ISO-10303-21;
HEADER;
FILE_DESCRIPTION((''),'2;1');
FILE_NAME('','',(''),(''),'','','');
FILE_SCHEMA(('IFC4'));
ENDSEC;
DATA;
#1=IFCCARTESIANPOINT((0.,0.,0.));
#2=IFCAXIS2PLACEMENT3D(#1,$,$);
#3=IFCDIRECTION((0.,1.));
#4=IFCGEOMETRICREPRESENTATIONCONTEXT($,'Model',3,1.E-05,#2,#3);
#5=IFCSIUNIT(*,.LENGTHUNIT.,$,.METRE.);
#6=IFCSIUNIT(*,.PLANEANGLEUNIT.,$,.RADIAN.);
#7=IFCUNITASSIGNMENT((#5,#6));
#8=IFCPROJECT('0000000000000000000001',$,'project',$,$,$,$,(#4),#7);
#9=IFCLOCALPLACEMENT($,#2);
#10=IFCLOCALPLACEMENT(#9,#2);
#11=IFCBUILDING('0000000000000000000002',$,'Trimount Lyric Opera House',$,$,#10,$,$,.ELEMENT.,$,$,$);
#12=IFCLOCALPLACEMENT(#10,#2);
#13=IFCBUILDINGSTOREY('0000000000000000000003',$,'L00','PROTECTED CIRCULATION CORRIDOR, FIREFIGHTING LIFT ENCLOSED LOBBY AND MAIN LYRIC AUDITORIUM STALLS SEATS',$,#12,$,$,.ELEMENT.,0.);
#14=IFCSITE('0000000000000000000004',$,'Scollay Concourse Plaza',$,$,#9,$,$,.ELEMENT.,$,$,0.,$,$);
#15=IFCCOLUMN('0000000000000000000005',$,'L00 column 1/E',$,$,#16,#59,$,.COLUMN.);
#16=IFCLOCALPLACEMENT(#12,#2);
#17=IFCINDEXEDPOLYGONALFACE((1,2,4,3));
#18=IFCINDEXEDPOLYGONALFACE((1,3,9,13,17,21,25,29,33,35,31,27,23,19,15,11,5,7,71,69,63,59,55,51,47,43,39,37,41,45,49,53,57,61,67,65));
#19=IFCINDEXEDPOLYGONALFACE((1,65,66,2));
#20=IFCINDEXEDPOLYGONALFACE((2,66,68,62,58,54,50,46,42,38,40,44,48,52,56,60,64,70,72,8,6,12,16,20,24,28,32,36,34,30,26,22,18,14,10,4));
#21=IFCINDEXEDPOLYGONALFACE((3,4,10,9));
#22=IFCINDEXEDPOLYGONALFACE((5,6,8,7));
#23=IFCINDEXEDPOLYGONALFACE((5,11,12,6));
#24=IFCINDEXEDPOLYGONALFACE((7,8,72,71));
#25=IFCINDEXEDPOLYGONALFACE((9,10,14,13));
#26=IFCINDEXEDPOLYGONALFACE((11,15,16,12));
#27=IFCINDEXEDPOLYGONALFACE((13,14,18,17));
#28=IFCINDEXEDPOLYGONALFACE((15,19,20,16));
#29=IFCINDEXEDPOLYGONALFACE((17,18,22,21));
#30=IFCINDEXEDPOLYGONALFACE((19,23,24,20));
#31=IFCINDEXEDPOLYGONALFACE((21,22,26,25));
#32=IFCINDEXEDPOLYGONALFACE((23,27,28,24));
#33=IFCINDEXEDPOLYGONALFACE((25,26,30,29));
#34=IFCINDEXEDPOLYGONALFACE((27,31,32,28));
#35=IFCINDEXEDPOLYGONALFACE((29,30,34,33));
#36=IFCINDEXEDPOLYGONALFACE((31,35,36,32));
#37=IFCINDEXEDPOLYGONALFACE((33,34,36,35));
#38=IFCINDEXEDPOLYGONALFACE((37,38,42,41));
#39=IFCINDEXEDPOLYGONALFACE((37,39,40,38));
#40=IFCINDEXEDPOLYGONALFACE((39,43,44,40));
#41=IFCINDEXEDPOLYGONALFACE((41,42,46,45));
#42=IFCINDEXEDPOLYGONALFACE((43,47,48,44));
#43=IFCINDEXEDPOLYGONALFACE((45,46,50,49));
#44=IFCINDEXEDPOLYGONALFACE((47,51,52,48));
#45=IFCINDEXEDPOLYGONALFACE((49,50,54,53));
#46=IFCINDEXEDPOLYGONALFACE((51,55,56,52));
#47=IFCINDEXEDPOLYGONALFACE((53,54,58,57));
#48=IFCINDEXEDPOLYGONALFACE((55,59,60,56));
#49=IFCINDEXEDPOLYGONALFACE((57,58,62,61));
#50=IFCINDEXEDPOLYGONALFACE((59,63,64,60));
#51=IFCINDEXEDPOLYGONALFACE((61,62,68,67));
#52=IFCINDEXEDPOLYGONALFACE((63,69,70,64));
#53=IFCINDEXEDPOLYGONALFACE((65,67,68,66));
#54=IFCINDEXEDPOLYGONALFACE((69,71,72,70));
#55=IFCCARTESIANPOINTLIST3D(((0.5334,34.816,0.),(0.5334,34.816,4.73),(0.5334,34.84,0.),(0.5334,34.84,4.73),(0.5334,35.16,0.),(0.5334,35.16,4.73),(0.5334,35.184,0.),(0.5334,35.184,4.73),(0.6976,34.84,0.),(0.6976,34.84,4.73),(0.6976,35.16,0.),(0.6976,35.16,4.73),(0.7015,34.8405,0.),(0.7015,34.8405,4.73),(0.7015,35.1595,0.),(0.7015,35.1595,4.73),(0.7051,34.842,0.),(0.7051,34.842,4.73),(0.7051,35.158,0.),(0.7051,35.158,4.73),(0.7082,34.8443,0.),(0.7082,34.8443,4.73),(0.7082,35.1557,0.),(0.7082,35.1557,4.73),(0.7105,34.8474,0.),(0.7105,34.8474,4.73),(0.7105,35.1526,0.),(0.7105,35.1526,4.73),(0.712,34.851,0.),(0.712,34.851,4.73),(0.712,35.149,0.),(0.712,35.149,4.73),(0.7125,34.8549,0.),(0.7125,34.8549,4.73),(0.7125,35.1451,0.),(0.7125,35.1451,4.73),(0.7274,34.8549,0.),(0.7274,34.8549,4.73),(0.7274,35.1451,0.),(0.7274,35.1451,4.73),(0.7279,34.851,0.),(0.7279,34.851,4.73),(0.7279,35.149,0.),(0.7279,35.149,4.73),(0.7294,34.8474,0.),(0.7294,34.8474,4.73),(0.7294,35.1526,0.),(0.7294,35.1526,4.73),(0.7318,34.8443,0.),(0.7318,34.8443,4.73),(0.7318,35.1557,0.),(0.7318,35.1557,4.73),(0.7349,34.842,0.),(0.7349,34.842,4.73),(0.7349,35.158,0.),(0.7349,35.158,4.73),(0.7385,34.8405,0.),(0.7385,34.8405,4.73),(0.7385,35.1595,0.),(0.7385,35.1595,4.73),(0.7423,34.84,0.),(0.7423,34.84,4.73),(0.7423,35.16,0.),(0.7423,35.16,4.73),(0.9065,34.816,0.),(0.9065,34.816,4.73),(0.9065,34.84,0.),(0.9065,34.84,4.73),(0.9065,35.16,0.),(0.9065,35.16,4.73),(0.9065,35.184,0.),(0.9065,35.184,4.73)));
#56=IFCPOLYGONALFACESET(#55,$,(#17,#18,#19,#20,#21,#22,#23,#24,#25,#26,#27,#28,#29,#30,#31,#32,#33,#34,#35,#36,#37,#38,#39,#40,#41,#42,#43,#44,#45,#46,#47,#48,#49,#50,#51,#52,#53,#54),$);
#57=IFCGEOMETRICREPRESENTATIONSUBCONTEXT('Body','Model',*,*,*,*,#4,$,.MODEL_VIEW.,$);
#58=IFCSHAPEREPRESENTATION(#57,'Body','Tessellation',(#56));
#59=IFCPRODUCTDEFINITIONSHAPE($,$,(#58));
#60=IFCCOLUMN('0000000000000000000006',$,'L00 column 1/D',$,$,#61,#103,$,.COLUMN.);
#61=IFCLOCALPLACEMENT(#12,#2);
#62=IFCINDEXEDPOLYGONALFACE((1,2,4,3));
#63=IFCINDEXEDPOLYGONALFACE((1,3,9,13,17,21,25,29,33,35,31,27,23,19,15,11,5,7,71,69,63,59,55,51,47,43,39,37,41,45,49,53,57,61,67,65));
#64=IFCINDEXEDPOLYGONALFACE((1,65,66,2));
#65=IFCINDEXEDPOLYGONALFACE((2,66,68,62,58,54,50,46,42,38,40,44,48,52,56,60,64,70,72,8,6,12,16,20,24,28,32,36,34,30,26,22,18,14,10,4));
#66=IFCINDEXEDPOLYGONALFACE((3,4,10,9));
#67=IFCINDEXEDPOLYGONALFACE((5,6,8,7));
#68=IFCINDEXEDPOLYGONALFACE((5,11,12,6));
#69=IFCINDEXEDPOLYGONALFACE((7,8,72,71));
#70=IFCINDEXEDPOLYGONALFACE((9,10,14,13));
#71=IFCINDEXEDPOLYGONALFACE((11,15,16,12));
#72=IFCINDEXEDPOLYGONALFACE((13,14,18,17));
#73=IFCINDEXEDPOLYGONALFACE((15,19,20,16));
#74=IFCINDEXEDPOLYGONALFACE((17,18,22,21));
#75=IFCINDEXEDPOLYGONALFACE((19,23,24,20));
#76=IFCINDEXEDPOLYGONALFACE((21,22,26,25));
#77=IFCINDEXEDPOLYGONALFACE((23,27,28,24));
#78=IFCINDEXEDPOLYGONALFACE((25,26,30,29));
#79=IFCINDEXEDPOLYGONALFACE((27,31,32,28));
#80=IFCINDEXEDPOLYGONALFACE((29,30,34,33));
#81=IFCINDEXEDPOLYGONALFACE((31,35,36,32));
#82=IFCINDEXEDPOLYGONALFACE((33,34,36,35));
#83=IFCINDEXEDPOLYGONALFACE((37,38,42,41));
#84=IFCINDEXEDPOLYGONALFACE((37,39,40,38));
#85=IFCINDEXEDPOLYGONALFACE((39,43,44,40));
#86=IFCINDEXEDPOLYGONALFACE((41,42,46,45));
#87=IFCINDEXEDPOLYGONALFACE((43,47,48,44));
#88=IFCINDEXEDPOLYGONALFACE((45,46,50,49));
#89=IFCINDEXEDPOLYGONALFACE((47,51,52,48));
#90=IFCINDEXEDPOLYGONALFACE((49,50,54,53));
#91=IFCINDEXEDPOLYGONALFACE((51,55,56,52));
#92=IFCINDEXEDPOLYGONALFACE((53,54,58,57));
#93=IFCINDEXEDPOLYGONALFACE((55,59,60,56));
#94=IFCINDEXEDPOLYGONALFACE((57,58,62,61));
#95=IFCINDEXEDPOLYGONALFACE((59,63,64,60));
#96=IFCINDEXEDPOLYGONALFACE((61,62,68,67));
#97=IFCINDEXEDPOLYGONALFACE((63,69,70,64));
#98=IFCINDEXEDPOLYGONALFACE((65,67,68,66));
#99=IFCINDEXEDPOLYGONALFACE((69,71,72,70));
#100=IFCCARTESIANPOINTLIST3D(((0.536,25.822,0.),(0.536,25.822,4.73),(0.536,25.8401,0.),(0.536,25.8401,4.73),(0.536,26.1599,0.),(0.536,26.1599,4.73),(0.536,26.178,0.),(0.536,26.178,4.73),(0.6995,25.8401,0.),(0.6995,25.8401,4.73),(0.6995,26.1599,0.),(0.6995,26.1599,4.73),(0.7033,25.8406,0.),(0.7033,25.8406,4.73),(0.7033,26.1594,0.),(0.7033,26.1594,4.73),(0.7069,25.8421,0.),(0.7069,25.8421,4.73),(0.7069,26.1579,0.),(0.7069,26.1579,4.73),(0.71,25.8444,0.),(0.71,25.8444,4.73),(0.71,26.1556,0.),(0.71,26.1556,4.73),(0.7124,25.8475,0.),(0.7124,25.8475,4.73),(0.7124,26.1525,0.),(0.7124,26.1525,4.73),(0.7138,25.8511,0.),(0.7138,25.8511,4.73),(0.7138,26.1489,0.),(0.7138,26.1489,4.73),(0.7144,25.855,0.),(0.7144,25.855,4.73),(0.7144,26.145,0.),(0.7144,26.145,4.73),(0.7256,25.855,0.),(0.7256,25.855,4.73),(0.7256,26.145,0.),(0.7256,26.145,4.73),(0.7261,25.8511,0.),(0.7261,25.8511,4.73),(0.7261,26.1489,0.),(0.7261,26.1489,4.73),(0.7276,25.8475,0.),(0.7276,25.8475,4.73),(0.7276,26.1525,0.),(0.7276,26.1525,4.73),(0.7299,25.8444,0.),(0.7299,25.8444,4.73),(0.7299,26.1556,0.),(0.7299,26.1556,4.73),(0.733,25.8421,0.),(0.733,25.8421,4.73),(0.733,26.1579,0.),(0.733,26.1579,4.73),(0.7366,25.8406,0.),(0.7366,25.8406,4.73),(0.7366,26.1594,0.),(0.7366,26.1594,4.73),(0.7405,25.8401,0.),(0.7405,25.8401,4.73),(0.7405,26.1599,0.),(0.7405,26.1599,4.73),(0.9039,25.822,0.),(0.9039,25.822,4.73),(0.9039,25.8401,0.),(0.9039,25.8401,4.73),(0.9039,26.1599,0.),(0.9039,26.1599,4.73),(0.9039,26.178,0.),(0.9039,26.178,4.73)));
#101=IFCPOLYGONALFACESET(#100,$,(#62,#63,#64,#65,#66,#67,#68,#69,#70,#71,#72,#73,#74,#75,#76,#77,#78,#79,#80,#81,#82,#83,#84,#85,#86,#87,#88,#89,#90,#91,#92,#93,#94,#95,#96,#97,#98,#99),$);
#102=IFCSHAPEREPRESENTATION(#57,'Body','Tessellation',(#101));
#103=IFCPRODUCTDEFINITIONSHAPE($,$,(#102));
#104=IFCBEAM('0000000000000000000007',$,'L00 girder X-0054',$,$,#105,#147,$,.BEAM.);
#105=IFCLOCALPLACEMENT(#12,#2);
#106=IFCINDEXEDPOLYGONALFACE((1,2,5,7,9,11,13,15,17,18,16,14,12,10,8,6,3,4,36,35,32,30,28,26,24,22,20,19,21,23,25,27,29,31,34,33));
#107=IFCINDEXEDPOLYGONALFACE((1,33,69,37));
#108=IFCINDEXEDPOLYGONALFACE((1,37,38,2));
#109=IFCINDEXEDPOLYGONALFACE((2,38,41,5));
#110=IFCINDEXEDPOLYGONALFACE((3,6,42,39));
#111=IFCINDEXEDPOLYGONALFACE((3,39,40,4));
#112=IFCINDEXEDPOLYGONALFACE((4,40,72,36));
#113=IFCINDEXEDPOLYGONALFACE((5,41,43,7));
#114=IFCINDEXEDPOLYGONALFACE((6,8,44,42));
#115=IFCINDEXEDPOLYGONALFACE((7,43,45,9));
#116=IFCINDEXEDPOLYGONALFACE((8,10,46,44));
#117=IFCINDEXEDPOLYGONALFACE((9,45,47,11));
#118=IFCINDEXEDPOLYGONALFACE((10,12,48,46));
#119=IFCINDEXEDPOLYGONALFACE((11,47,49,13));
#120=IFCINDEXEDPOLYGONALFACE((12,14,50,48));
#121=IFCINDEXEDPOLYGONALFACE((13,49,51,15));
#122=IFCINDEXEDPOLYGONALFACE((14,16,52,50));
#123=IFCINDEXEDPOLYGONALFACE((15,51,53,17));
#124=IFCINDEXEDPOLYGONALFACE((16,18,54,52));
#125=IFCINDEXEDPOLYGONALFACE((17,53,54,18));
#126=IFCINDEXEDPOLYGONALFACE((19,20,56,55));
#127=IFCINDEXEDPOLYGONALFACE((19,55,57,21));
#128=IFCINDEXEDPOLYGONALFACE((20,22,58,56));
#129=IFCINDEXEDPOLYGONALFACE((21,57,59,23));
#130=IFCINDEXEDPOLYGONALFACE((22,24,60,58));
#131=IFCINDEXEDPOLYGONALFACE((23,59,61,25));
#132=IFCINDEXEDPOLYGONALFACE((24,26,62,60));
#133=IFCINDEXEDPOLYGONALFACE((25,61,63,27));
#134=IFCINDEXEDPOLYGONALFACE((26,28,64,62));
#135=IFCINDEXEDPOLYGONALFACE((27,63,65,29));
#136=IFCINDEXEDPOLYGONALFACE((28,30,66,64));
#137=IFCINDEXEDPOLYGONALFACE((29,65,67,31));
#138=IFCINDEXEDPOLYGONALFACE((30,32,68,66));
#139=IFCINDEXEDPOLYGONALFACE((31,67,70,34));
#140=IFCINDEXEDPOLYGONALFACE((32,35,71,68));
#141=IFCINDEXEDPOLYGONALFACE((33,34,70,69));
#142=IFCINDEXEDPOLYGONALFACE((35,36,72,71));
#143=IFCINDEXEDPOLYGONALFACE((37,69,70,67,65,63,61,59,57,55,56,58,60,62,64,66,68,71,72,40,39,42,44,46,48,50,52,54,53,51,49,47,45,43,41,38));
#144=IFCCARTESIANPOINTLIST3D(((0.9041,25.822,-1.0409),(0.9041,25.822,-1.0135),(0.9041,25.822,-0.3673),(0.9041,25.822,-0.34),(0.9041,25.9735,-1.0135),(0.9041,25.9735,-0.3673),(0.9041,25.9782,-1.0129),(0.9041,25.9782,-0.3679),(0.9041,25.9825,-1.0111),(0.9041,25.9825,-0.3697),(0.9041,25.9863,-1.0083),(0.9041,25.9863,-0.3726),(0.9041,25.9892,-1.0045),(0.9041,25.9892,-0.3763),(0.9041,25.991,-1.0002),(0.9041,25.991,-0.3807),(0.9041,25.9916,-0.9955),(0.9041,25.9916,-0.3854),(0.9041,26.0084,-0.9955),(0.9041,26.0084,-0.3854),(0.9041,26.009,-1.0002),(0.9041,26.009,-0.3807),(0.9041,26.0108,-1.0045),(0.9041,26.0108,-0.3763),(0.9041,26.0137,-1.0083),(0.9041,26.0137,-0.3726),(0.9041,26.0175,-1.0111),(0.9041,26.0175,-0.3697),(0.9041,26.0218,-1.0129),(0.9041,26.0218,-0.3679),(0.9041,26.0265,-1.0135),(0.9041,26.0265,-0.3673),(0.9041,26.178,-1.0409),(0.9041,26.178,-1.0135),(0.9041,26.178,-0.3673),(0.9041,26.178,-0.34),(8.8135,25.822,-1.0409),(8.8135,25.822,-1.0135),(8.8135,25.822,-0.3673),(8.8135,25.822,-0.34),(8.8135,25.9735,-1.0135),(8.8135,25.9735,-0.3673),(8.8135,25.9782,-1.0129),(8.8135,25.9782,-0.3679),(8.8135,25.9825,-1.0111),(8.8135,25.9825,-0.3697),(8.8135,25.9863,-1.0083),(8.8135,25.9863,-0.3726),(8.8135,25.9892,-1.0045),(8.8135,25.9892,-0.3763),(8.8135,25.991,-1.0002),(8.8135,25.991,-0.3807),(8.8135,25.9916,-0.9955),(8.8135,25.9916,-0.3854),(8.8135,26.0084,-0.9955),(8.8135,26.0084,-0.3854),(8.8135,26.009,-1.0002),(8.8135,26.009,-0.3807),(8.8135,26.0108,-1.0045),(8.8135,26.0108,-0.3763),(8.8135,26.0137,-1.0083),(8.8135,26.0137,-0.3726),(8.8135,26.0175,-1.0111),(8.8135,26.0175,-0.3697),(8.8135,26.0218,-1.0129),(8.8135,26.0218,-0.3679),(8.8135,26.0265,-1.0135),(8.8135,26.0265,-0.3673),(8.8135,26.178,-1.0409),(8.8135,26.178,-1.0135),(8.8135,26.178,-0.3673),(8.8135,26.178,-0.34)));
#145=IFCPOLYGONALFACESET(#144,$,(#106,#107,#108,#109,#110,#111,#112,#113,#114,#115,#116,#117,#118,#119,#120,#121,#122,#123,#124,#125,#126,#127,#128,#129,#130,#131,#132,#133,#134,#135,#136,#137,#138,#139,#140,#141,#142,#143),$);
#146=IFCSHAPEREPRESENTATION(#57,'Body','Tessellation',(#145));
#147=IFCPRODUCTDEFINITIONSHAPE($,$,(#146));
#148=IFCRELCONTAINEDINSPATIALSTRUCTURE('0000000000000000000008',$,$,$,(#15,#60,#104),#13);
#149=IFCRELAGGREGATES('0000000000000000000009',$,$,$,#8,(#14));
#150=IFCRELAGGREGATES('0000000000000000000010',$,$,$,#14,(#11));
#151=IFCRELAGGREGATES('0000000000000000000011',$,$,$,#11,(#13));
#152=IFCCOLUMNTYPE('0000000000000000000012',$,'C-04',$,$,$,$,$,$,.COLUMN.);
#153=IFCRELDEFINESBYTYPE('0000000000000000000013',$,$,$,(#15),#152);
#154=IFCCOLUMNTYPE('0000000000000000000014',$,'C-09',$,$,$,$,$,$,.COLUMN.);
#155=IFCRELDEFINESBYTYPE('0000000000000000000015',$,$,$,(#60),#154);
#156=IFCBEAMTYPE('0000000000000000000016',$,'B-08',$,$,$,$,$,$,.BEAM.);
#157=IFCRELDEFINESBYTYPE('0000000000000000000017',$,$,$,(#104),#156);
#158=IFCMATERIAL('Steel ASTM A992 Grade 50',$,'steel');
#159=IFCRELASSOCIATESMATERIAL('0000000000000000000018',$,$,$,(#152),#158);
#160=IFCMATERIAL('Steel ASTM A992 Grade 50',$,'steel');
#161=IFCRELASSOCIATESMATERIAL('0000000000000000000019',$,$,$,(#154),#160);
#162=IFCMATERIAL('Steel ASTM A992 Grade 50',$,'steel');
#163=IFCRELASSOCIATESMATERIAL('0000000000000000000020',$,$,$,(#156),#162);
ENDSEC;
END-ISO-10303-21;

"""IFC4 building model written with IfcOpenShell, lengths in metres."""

from ifc_helpers import new_model, si_unit, direction, frame, origin, origin_2d, place, context, subcontext, project, spatial, i_section, extrude, material, material_profile, profile_set, type_object, element, save


model = new_model("IFC4")

# Units and contexts
model_context = context("Model", 3, precision=1e-05, world=origin(), true_north=direction((0.0, 1.0)))
body_context = subcontext(model_context, "Body", "Model", "MODEL_VIEW")
ifc_project = project(units=[si_unit("LENGTHUNIT", "METRE"), si_unit("PLANEANGLEUNIT", "RADIAN")], contexts=[model_context])

# Site, building, storey
site_placement = place(None, origin())
site = spatial("IfcSite", under=ifc_project, at=site_placement, Name="Scollay Concourse Plaza", CompositionType="ELEMENT", RefElevation=0.0)
building_placement = place(site_placement, origin())
building = spatial("IfcBuilding", under=site, at=building_placement, Name="Trimount Lyric Opera House", CompositionType="ELEMENT")
storey_placement = place(building_placement, origin())
storey = spatial("IfcBuildingStorey", under=building, at=storey_placement, Name="L00", Description="PROTECTED CIRCULATION CORRIDOR, FIREFIGHTING LIFT ENCLOSED LOBBY AND MAIN LYRIC AUDITORIUM STALLS SEATS", CompositionType="ELEMENT", Elevation=0.0)

# Columns
ifc_material_1 = material(Name="Steel ASTM A992 Grade 50", Category="steel")
ifc_material_profile_1 = material_profile(ifc_material_1, i_section(OverallWidth=0.373, OverallDepth=0.3679, WebThickness=0.0149, FlangeThickness=0.0239, FilletRadius=0.0149, at=origin_2d()), Name="W14X120")
ifc_profile_set_1 = profile_set([ifc_material_profile_1], Name="Steel ASTM A992 Grade 50")
column_type_1 = type_object("IfcColumnType", Name="C-04", PredefinedType="COLUMN", material=ifc_profile_set_1)
column_1_placement = place(storey_placement, frame((0.72, 35.0, 0.0), z_axis=(0.0, 0.0, 1.0), x_axis=(1.0, 0.0, 0.0)))
element("IfcColumn", 1, at=column_1_placement, inside=storey, type_object=column_type_1, Name="L00 column 1/E", PredefinedType="COLUMN", context=body_context, shape_type="SweptSolid", body=[
    extrude(i_section(OverallWidth=0.373, OverallDepth=0.3679, WebThickness=0.0149, FlangeThickness=0.0239, FilletRadius=0.0149, at=origin_2d()), origin(), (0.0, 0.0, 1.0), 4.73),
])
ifc_material_2 = material(Name="Steel ASTM A992 Grade 50", Category="steel")
ifc_material_profile_2 = material_profile(ifc_material_2, i_section(OverallWidth=0.3679, OverallDepth=0.356, WebThickness=0.0112, FlangeThickness=0.0181, FilletRadius=0.0149, at=origin_2d()), Name="W14X90")
ifc_profile_set_2 = profile_set([ifc_material_profile_2], Name="Steel ASTM A992 Grade 50")
column_type_2 = type_object("IfcColumnType", Name="C-09", PredefinedType="COLUMN", material=ifc_profile_set_2)
column_2_placement = place(storey_placement, frame((0.72, 26.0, 0.0), z_axis=(0.0, 0.0, 1.0), x_axis=(1.0, 0.0, 0.0)))
element("IfcColumn", 2, at=column_2_placement, inside=storey, type_object=column_type_2, Name="L00 column 1/D", PredefinedType="COLUMN", context=body_context, shape_type="SweptSolid", body=[
    extrude(i_section(OverallWidth=0.3679, OverallDepth=0.356, WebThickness=0.0112, FlangeThickness=0.0181, FilletRadius=0.0149, at=origin_2d()), origin(), (0.0, 0.0, 1.0), 4.73),
])

# Beam
ifc_material_3 = material(Name="Steel ASTM A992 Grade 50", Category="steel")
ifc_material_profile_3 = material_profile(ifc_material_3, i_section(OverallWidth=0.356, OverallDepth=0.7009, WebThickness=0.0168, FlangeThickness=0.0273, FilletRadius=0.0181, at=origin_2d()), Name="W27X161")
ifc_profile_set_3 = profile_set([ifc_material_profile_3], Name="Steel ASTM A992 Grade 50")
beam_type_1 = type_object("IfcBeamType", Name="B-08", PredefinedType="BEAM", material=ifc_profile_set_3)
beam_1_placement = place(storey_placement, frame((0.9041, 26.0, -0.6904), z_axis=(1.0, 0.0, 0.0), x_axis=(0.0, 1.0, 0.0)))
element("IfcBeam", 3, at=beam_1_placement, inside=storey, type_object=beam_type_1, Name="L00 girder X-0054", PredefinedType="BEAM", context=body_context, shape_type="SweptSolid", body=[
    extrude(i_section(OverallWidth=0.356, OverallDepth=0.7009, WebThickness=0.0168, FlangeThickness=0.0273, FilletRadius=0.0181, at=origin_2d()), origin(), (0.0, 0.0, 1.0), 7.9094),
])

save(model, "model.ifc")
